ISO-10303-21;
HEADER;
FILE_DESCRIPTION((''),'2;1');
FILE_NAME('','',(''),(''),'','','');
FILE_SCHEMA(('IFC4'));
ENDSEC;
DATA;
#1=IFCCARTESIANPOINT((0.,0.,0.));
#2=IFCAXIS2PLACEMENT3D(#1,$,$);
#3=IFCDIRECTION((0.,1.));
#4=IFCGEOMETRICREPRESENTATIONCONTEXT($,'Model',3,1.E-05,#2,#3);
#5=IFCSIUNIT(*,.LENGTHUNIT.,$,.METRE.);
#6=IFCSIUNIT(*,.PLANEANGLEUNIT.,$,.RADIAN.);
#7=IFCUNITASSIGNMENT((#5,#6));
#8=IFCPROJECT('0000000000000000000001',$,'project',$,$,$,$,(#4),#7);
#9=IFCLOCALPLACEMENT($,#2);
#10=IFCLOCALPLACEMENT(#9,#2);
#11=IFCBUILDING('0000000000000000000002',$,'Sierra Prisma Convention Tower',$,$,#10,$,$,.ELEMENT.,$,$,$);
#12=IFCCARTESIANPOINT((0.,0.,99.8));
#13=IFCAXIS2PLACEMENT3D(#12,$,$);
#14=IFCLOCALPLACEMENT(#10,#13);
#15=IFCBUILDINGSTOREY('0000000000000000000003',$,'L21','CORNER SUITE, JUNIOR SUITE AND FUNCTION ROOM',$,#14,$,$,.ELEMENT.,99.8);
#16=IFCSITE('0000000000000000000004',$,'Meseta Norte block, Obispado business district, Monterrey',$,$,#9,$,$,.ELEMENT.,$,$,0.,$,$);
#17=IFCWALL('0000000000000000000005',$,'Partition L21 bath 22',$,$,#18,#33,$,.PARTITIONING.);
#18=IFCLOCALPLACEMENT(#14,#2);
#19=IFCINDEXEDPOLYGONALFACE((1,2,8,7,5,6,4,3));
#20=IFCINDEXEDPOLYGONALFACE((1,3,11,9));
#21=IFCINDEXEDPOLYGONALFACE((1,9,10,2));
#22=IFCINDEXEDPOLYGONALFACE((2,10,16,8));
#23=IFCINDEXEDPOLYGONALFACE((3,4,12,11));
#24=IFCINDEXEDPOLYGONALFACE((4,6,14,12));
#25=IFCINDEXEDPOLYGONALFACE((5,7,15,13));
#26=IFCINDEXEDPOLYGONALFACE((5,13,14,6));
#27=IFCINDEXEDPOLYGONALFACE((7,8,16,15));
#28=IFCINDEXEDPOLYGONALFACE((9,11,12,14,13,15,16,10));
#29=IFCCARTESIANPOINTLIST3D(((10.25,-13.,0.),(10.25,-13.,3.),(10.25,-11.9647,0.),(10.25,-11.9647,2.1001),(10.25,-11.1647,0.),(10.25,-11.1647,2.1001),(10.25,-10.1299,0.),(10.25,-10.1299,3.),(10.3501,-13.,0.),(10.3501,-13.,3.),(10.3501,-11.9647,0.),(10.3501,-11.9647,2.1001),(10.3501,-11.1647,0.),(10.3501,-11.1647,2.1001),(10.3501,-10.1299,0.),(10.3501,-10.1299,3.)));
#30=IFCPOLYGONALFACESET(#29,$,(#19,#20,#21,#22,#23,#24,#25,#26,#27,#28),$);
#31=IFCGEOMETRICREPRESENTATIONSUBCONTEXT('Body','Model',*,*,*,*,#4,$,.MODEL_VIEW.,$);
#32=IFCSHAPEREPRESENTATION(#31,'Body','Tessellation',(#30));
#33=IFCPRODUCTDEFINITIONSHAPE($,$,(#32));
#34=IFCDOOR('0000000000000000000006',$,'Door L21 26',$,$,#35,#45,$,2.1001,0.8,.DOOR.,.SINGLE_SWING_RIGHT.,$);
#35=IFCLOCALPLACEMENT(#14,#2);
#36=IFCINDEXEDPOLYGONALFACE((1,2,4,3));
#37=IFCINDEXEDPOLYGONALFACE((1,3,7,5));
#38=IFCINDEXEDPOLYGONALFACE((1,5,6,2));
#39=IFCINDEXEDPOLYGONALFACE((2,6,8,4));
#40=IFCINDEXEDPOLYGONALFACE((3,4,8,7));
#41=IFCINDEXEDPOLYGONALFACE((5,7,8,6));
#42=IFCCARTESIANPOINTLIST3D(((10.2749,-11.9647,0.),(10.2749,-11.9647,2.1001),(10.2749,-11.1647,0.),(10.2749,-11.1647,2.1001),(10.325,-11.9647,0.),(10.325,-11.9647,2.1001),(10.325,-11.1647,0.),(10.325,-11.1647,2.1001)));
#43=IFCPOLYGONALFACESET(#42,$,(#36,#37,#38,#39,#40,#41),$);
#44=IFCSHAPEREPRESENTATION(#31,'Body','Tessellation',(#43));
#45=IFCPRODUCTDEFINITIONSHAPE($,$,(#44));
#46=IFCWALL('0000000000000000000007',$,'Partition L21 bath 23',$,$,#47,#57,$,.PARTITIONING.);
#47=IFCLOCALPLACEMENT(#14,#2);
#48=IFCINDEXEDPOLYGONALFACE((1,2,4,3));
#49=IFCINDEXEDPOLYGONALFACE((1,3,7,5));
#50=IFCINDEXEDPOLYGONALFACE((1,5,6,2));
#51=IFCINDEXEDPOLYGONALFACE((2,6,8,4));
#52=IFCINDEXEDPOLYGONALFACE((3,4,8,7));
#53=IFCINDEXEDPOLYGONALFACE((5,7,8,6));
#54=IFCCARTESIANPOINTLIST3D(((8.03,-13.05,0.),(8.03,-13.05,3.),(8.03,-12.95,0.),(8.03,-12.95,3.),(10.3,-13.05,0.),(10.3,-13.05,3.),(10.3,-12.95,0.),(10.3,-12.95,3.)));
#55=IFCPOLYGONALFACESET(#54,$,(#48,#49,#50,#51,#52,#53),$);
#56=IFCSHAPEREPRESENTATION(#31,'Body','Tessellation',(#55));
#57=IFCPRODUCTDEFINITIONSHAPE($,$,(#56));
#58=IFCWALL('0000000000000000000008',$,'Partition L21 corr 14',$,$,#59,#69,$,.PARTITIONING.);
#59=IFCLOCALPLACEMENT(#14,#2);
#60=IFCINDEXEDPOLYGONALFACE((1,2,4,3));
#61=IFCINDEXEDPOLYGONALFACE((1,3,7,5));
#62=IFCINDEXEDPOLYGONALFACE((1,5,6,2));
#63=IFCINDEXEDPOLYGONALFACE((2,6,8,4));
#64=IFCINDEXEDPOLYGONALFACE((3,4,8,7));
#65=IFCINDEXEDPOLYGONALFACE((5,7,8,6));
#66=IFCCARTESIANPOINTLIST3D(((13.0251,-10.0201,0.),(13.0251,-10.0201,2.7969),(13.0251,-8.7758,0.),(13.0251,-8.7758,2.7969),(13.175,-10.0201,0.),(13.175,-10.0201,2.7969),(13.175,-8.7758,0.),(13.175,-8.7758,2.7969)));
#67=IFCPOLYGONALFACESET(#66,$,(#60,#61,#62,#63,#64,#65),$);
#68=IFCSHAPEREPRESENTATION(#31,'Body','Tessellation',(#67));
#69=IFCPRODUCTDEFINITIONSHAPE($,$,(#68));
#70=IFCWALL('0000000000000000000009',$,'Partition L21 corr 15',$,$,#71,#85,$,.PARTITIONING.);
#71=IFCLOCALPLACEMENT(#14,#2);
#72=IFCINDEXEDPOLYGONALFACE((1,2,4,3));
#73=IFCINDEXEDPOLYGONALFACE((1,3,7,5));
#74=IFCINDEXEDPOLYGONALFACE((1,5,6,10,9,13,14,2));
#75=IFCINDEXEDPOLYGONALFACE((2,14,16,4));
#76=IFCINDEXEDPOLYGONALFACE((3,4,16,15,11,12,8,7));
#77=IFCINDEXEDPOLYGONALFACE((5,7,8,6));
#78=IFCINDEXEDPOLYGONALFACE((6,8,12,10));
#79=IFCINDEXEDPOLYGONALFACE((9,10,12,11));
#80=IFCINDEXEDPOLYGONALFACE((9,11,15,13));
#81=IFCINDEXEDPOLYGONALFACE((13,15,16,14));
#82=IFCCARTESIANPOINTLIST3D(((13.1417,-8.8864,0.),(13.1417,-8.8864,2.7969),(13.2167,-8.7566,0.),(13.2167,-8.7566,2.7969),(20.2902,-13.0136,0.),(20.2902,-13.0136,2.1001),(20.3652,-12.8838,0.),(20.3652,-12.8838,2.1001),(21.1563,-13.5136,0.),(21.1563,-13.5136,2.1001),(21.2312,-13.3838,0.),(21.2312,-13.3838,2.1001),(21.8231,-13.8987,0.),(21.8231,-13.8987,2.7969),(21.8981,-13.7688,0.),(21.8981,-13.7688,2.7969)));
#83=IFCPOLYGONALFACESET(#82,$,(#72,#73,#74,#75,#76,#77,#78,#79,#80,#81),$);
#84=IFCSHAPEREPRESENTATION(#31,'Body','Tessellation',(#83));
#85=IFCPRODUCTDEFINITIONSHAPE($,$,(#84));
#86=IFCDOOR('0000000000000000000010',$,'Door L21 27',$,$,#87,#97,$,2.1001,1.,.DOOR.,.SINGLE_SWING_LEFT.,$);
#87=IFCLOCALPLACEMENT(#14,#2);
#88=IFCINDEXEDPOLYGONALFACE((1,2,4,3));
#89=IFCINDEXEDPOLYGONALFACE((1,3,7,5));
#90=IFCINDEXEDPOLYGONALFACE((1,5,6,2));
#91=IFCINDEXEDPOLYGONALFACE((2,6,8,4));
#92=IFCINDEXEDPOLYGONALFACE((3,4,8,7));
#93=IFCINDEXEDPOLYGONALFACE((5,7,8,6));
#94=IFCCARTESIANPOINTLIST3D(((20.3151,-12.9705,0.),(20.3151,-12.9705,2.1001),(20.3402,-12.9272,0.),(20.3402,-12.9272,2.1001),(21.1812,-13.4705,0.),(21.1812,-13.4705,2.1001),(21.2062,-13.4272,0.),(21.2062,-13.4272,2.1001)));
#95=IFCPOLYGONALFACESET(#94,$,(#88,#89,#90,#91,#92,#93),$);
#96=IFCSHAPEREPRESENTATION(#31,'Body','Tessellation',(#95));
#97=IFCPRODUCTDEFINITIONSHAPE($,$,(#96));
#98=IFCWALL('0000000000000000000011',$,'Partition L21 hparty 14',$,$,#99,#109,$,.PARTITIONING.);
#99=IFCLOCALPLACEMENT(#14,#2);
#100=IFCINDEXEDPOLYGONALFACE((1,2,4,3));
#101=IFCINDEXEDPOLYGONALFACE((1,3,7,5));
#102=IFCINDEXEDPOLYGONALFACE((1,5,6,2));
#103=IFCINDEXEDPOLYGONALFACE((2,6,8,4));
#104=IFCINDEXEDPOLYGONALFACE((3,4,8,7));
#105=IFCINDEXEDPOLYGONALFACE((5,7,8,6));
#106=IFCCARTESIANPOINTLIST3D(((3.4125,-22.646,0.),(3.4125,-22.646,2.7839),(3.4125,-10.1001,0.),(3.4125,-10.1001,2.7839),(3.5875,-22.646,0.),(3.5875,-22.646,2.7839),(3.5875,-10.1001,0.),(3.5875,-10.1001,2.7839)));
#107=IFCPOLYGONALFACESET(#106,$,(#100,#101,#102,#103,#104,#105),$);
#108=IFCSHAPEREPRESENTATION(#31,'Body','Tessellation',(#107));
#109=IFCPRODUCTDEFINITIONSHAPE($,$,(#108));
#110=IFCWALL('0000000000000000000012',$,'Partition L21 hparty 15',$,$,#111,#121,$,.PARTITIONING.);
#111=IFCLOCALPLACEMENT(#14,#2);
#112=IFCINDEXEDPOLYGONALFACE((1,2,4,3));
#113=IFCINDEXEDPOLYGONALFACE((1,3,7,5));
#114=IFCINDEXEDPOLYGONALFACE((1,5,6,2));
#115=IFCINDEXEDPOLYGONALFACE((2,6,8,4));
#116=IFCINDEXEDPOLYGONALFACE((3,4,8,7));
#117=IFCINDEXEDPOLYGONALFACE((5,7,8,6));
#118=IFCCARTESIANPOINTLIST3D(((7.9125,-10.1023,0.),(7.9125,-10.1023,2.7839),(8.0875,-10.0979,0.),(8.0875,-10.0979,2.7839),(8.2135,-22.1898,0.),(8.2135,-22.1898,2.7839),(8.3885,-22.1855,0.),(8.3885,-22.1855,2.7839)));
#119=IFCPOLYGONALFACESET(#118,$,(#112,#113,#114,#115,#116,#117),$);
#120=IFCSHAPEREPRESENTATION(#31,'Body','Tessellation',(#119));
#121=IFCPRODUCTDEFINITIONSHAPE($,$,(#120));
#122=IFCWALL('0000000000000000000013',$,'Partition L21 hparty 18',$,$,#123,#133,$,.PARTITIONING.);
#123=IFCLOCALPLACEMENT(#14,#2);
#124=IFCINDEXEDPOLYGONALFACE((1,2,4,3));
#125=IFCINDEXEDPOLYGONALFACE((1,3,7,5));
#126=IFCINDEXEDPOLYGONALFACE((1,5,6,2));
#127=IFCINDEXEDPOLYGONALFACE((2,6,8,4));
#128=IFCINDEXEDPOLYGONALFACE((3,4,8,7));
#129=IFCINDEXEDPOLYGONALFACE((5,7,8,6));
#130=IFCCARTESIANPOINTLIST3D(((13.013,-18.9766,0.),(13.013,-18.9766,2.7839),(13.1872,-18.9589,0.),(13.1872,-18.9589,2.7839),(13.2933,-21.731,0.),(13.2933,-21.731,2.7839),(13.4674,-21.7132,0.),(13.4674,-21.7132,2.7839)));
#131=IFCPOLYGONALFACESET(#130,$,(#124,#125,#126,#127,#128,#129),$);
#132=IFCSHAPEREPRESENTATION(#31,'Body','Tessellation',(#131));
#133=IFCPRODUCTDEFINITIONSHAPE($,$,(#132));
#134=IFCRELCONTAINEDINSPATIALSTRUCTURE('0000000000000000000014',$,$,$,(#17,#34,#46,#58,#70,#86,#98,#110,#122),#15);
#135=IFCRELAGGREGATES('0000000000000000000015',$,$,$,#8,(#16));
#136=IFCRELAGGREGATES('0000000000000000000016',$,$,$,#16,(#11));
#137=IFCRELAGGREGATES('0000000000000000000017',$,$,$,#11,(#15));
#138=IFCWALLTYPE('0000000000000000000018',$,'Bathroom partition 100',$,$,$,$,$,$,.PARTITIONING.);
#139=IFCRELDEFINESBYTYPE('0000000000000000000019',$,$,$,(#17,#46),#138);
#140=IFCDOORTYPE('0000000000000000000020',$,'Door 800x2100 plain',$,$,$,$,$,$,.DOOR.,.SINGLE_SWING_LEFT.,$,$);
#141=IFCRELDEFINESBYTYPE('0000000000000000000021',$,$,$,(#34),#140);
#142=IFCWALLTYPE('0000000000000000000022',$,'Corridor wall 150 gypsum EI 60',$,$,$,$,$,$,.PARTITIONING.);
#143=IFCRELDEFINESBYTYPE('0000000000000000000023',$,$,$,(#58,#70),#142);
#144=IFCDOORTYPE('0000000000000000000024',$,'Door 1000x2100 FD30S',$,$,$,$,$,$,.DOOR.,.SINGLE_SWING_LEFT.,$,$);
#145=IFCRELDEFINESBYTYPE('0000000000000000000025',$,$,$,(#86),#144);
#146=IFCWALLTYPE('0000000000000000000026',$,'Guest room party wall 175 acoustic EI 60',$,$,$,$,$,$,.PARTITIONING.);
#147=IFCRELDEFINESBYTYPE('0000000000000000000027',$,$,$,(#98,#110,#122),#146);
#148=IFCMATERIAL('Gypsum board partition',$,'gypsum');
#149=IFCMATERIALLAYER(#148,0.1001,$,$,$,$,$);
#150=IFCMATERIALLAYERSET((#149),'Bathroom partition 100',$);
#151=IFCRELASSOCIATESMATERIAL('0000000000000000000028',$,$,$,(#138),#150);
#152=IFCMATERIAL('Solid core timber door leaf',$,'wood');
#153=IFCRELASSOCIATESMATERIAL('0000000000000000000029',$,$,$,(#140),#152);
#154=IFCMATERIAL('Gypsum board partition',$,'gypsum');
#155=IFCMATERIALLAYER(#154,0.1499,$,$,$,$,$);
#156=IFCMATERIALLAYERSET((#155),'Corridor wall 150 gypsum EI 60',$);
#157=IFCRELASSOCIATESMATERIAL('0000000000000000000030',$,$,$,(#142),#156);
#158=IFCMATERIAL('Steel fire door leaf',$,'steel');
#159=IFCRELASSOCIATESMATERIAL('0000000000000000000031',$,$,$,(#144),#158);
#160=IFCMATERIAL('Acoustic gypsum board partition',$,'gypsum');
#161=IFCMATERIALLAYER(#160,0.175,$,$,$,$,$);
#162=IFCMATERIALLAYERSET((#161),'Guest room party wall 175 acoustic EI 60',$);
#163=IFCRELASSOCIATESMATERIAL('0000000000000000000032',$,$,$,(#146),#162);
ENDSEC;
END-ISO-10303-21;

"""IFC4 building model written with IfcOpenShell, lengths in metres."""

from ifc_helpers import new_model, si_unit, direction, frame, frame_2d, origin, place, context, subcontext, project, spatial, rectangle, extrude, material, layer, layer_set, type_object, element, fill, save


model = new_model("IFC4")

# Units and contexts
model_context = context("Model", 3, precision=1e-05, world=origin(), true_north=direction((0.0, 1.0)))
body_context = subcontext(model_context, "Body", "Model", "MODEL_VIEW")
ifc_project = project(units=[si_unit("LENGTHUNIT", "METRE"), si_unit("PLANEANGLEUNIT", "RADIAN")], contexts=[model_context])

# Site, building, storey
site_placement = place(None, origin())
site = spatial("IfcSite", under=ifc_project, at=site_placement, Name="Meseta Norte block, Obispado business district, Monterrey", CompositionType="ELEMENT", RefElevation=0.0)
building_placement = place(site_placement, origin())
building = spatial("IfcBuilding", under=site, at=building_placement, Name="Sierra Prisma Convention Tower", CompositionType="ELEMENT")
storey_placement = place(building_placement, frame((0.0, 0.0, 99.8)))
storey = spatial("IfcBuildingStorey", under=building, at=storey_placement, Name="L21", Description="CORNER SUITE, JUNIOR SUITE AND FUNCTION ROOM", CompositionType="ELEMENT", Elevation=99.8)

# Shared definitions
ifc_material_1 = material(Name="Gypsum board partition", Category="gypsum")
ifc_layer_1 = layer(ifc_material_1, 0.1001)
ifc_layer_set_1 = layer_set([ifc_layer_1], Name="Bathroom partition 100")
wall_type_1 = type_object("IfcWallType", Name="Bathroom partition 100", PredefinedType="PARTITIONING", material=ifc_layer_set_1)
ifc_material_2 = material(Name="Solid core timber door leaf", Category="wood")
door_type_1 = type_object("IfcDoorType", Name="Door 800x2100 plain", OperationType="SINGLE_SWING_LEFT", PredefinedType="DOOR", material=ifc_material_2)

# Wall, opening, door
wall_1_placement = place(storey_placement, frame((10.3, -10.1299, 0.0), z_axis=(0.0, 0.0, 1.0), x_axis=(0.0, -1.0, 0.0)))
wall_1 = element("IfcWall", 1, at=wall_1_placement, inside=storey, type_object=wall_type_1, Name="Partition L21 bath 22", PredefinedType="PARTITIONING", context=body_context, shape_type="SweptSolid", body=[
    extrude(rectangle(XDim=2.8701, YDim=0.1001, at=frame_2d((1.4351, 0.0))), origin(), (0.0, 0.0, 1.0), 3.0),
])
opening_1_placement = place(wall_1_placement, frame((1.0349, 0.0, 0.0)))
opening_1 = element("IfcOpeningElement", 2, at=opening_1_placement, cuts=wall_1, PredefinedType="OPENING", context=body_context, shape_type="SweptSolid", body=[
    extrude(rectangle(XDim=0.8, YDim=2.1001, at=frame_2d((0.3999, 1.05))), frame((0.0, 0.05, 0.0), z_axis=(0.0, -1.0, 0.0), x_axis=(1.0, 0.0, 0.0)), (0.0, 0.0, 1.0), 0.1001),
])
door_1_placement = place(opening_1_placement, origin())
door_1 = element("IfcDoor", 3, at=door_1_placement, inside=storey, type_object=door_type_1, Name="Door L21 26", OperationType="SINGLE_SWING_RIGHT", OverallHeight=2.1001, OverallWidth=0.8, PredefinedType="DOOR", context=body_context, shape_type="SweptSolid", body=[
    extrude(rectangle(XDim=0.8, YDim=2.1001, at=frame_2d((0.3999, 1.05))), frame((0.0, 0.0249, 0.0), z_axis=(0.0, -1.0, 0.0), x_axis=(1.0, 0.0, 0.0)), (0.0, 0.0, 1.0), 0.05),
])
fill(opening_1, door_1)

# Walls
wall_2_placement = place(storey_placement, frame((10.3, -13.0, 0.0), z_axis=(0.0, 0.0, 1.0), x_axis=(-1.0, 0.0, 0.0)))
element("IfcWall", 4, at=wall_2_placement, inside=storey, type_object=wall_type_1, Name="Partition L21 bath 23", PredefinedType="PARTITIONING", context=body_context, shape_type="SweptSolid", body=[
    extrude(rectangle(XDim=2.27, YDim=0.1001, at=frame_2d((1.135, 0.0))), origin(), (0.0, 0.0, 1.0), 3.0),
])
ifc_material_3 = material(Name="Gypsum board partition", Category="gypsum")
ifc_layer_2 = layer(ifc_material_3, 0.1499)
ifc_layer_set_2 = layer_set([ifc_layer_2], Name="Corridor wall 150 gypsum EI 60")
wall_type_2 = type_object("IfcWallType", Name="Corridor wall 150 gypsum EI 60", PredefinedType="PARTITIONING", material=ifc_layer_set_2)
wall_3_placement = place(storey_placement, frame((13.1001, -10.02, 0.0), z_axis=(0.0, 0.0, 1.0), x_axis=(0.0, 1.0, 0.0)))
element("IfcWall", 5, at=wall_3_placement, inside=storey, type_object=wall_type_2, Name="Partition L21 corr 14", PredefinedType="PARTITIONING", context=body_context, shape_type="SweptSolid", body=[
    extrude(rectangle(XDim=1.2444, YDim=0.1499, at=frame_2d((0.6221, 0.0))), origin(), (0.0, 0.0, 1.0), 2.7969),
])

# Wall, opening, door
wall_4_placement = place(storey_placement, frame((13.1792, -8.8215, 0.0), z_axis=(0.0, 0.0, 1.0), x_axis=(0.866025, -0.5, 0.0)))
wall_4 = element("IfcWall", 6, at=wall_4_placement, inside=storey, type_object=wall_type_2, Name="Partition L21 corr 15", PredefinedType="PARTITIONING", context=body_context, shape_type="SweptSolid", body=[
    extrude(rectangle(XDim=10.0244, YDim=0.1499, at=frame_2d((5.0122, 0.0))), origin(), (0.0, 0.0, 1.0), 2.7969),
])
opening_2_placement = place(wall_4_placement, frame((8.2544, 0.0, 0.0)))
opening_2 = element("IfcOpeningElement", 7, at=opening_2_placement, cuts=wall_4, PredefinedType="OPENING", context=body_context, shape_type="SweptSolid", body=[
    extrude(rectangle(XDim=1.0, YDim=2.1001, at=frame_2d((0.5, 1.05))), frame((0.0, 0.075, 0.0), z_axis=(0.0, -1.0, 0.0), x_axis=(1.0, 0.0, 0.0)), (0.0, 0.0, 1.0), 0.1499),
])
ifc_material_4 = material(Name="Steel fire door leaf", Category="steel")
door_type_2 = type_object("IfcDoorType", Name="Door 1000x2100 FD30S", OperationType="SINGLE_SWING_LEFT", PredefinedType="DOOR", material=ifc_material_4)
door_2_placement = place(opening_2_placement, origin())
door_2 = element("IfcDoor", 8, at=door_2_placement, inside=storey, type_object=door_type_2, Name="Door L21 27", OperationType="SINGLE_SWING_LEFT", OverallHeight=2.1001, OverallWidth=1.0, PredefinedType="DOOR", context=body_context, shape_type="SweptSolid", body=[
    extrude(rectangle(XDim=1.0, YDim=2.1001, at=frame_2d((0.5, 1.05))), frame((0.0, 0.0249, 0.0), z_axis=(0.0, -1.0, 0.0), x_axis=(1.0, 0.0, 0.0)), (0.0, 0.0, 1.0), 0.05),
])
fill(opening_2, door_2)

# Walls
ifc_material_5 = material(Name="Acoustic gypsum board partition", Category="gypsum")
ifc_layer_3 = layer(ifc_material_5, 0.175)
ifc_layer_set_3 = layer_set([ifc_layer_3], Name="Guest room party wall 175 acoustic EI 60")
wall_type_3 = type_object("IfcWallType", Name="Guest room party wall 175 acoustic EI 60", PredefinedType="PARTITIONING", material=ifc_layer_set_3)
wall_5_placement = place(storey_placement, frame((3.5, -10.1001, 0.0), z_axis=(0.0, 0.0, 1.0), x_axis=(0.0, -1.0, 0.0)))
element("IfcWall", 9, at=wall_5_placement, inside=storey, type_object=wall_type_3, Name="Partition L21 hparty 14", PredefinedType="PARTITIONING", context=body_context, shape_type="SweptSolid", body=[
    extrude(rectangle(XDim=12.5459, YDim=0.175, at=frame_2d((6.2729, 0.0))), origin(), (0.0, 0.0, 1.0), 2.7839),
])
wall_6_placement = place(storey_placement, frame((8.0, -10.1001, 0.0), z_axis=(0.0, 0.0, 1.0), x_axis=(0.024896, -0.99969, 0.0)))
element("IfcWall", 10, at=wall_6_placement, inside=storey, type_object=wall_type_3, Name="Partition L21 hparty 15", PredefinedType="PARTITIONING", context=body_context, shape_type="SweptSolid", body=[
    extrude(rectangle(XDim=12.0913, YDim=0.175, at=frame_2d((6.0457, 0.0))), origin(), (0.0, 0.0, 1.0), 2.7839),
])
wall_7_placement = place(storey_placement, frame((13.1001, -18.9678, 0.0), z_axis=(0.0, 0.0, 1.0), x_axis=(0.101232, -0.994863, 0.0)))
element("IfcWall", 11, at=wall_7_placement, inside=storey, type_object=wall_type_3, Name="Partition L21 hparty 18", PredefinedType="PARTITIONING", context=body_context, shape_type="SweptSolid", body=[
    extrude(rectangle(XDim=2.7686, YDim=0.175, at=frame_2d((1.3843, 0.0))), origin(), (0.0, 0.0, 1.0), 2.7839),
])

save(model, "model.ifc")
